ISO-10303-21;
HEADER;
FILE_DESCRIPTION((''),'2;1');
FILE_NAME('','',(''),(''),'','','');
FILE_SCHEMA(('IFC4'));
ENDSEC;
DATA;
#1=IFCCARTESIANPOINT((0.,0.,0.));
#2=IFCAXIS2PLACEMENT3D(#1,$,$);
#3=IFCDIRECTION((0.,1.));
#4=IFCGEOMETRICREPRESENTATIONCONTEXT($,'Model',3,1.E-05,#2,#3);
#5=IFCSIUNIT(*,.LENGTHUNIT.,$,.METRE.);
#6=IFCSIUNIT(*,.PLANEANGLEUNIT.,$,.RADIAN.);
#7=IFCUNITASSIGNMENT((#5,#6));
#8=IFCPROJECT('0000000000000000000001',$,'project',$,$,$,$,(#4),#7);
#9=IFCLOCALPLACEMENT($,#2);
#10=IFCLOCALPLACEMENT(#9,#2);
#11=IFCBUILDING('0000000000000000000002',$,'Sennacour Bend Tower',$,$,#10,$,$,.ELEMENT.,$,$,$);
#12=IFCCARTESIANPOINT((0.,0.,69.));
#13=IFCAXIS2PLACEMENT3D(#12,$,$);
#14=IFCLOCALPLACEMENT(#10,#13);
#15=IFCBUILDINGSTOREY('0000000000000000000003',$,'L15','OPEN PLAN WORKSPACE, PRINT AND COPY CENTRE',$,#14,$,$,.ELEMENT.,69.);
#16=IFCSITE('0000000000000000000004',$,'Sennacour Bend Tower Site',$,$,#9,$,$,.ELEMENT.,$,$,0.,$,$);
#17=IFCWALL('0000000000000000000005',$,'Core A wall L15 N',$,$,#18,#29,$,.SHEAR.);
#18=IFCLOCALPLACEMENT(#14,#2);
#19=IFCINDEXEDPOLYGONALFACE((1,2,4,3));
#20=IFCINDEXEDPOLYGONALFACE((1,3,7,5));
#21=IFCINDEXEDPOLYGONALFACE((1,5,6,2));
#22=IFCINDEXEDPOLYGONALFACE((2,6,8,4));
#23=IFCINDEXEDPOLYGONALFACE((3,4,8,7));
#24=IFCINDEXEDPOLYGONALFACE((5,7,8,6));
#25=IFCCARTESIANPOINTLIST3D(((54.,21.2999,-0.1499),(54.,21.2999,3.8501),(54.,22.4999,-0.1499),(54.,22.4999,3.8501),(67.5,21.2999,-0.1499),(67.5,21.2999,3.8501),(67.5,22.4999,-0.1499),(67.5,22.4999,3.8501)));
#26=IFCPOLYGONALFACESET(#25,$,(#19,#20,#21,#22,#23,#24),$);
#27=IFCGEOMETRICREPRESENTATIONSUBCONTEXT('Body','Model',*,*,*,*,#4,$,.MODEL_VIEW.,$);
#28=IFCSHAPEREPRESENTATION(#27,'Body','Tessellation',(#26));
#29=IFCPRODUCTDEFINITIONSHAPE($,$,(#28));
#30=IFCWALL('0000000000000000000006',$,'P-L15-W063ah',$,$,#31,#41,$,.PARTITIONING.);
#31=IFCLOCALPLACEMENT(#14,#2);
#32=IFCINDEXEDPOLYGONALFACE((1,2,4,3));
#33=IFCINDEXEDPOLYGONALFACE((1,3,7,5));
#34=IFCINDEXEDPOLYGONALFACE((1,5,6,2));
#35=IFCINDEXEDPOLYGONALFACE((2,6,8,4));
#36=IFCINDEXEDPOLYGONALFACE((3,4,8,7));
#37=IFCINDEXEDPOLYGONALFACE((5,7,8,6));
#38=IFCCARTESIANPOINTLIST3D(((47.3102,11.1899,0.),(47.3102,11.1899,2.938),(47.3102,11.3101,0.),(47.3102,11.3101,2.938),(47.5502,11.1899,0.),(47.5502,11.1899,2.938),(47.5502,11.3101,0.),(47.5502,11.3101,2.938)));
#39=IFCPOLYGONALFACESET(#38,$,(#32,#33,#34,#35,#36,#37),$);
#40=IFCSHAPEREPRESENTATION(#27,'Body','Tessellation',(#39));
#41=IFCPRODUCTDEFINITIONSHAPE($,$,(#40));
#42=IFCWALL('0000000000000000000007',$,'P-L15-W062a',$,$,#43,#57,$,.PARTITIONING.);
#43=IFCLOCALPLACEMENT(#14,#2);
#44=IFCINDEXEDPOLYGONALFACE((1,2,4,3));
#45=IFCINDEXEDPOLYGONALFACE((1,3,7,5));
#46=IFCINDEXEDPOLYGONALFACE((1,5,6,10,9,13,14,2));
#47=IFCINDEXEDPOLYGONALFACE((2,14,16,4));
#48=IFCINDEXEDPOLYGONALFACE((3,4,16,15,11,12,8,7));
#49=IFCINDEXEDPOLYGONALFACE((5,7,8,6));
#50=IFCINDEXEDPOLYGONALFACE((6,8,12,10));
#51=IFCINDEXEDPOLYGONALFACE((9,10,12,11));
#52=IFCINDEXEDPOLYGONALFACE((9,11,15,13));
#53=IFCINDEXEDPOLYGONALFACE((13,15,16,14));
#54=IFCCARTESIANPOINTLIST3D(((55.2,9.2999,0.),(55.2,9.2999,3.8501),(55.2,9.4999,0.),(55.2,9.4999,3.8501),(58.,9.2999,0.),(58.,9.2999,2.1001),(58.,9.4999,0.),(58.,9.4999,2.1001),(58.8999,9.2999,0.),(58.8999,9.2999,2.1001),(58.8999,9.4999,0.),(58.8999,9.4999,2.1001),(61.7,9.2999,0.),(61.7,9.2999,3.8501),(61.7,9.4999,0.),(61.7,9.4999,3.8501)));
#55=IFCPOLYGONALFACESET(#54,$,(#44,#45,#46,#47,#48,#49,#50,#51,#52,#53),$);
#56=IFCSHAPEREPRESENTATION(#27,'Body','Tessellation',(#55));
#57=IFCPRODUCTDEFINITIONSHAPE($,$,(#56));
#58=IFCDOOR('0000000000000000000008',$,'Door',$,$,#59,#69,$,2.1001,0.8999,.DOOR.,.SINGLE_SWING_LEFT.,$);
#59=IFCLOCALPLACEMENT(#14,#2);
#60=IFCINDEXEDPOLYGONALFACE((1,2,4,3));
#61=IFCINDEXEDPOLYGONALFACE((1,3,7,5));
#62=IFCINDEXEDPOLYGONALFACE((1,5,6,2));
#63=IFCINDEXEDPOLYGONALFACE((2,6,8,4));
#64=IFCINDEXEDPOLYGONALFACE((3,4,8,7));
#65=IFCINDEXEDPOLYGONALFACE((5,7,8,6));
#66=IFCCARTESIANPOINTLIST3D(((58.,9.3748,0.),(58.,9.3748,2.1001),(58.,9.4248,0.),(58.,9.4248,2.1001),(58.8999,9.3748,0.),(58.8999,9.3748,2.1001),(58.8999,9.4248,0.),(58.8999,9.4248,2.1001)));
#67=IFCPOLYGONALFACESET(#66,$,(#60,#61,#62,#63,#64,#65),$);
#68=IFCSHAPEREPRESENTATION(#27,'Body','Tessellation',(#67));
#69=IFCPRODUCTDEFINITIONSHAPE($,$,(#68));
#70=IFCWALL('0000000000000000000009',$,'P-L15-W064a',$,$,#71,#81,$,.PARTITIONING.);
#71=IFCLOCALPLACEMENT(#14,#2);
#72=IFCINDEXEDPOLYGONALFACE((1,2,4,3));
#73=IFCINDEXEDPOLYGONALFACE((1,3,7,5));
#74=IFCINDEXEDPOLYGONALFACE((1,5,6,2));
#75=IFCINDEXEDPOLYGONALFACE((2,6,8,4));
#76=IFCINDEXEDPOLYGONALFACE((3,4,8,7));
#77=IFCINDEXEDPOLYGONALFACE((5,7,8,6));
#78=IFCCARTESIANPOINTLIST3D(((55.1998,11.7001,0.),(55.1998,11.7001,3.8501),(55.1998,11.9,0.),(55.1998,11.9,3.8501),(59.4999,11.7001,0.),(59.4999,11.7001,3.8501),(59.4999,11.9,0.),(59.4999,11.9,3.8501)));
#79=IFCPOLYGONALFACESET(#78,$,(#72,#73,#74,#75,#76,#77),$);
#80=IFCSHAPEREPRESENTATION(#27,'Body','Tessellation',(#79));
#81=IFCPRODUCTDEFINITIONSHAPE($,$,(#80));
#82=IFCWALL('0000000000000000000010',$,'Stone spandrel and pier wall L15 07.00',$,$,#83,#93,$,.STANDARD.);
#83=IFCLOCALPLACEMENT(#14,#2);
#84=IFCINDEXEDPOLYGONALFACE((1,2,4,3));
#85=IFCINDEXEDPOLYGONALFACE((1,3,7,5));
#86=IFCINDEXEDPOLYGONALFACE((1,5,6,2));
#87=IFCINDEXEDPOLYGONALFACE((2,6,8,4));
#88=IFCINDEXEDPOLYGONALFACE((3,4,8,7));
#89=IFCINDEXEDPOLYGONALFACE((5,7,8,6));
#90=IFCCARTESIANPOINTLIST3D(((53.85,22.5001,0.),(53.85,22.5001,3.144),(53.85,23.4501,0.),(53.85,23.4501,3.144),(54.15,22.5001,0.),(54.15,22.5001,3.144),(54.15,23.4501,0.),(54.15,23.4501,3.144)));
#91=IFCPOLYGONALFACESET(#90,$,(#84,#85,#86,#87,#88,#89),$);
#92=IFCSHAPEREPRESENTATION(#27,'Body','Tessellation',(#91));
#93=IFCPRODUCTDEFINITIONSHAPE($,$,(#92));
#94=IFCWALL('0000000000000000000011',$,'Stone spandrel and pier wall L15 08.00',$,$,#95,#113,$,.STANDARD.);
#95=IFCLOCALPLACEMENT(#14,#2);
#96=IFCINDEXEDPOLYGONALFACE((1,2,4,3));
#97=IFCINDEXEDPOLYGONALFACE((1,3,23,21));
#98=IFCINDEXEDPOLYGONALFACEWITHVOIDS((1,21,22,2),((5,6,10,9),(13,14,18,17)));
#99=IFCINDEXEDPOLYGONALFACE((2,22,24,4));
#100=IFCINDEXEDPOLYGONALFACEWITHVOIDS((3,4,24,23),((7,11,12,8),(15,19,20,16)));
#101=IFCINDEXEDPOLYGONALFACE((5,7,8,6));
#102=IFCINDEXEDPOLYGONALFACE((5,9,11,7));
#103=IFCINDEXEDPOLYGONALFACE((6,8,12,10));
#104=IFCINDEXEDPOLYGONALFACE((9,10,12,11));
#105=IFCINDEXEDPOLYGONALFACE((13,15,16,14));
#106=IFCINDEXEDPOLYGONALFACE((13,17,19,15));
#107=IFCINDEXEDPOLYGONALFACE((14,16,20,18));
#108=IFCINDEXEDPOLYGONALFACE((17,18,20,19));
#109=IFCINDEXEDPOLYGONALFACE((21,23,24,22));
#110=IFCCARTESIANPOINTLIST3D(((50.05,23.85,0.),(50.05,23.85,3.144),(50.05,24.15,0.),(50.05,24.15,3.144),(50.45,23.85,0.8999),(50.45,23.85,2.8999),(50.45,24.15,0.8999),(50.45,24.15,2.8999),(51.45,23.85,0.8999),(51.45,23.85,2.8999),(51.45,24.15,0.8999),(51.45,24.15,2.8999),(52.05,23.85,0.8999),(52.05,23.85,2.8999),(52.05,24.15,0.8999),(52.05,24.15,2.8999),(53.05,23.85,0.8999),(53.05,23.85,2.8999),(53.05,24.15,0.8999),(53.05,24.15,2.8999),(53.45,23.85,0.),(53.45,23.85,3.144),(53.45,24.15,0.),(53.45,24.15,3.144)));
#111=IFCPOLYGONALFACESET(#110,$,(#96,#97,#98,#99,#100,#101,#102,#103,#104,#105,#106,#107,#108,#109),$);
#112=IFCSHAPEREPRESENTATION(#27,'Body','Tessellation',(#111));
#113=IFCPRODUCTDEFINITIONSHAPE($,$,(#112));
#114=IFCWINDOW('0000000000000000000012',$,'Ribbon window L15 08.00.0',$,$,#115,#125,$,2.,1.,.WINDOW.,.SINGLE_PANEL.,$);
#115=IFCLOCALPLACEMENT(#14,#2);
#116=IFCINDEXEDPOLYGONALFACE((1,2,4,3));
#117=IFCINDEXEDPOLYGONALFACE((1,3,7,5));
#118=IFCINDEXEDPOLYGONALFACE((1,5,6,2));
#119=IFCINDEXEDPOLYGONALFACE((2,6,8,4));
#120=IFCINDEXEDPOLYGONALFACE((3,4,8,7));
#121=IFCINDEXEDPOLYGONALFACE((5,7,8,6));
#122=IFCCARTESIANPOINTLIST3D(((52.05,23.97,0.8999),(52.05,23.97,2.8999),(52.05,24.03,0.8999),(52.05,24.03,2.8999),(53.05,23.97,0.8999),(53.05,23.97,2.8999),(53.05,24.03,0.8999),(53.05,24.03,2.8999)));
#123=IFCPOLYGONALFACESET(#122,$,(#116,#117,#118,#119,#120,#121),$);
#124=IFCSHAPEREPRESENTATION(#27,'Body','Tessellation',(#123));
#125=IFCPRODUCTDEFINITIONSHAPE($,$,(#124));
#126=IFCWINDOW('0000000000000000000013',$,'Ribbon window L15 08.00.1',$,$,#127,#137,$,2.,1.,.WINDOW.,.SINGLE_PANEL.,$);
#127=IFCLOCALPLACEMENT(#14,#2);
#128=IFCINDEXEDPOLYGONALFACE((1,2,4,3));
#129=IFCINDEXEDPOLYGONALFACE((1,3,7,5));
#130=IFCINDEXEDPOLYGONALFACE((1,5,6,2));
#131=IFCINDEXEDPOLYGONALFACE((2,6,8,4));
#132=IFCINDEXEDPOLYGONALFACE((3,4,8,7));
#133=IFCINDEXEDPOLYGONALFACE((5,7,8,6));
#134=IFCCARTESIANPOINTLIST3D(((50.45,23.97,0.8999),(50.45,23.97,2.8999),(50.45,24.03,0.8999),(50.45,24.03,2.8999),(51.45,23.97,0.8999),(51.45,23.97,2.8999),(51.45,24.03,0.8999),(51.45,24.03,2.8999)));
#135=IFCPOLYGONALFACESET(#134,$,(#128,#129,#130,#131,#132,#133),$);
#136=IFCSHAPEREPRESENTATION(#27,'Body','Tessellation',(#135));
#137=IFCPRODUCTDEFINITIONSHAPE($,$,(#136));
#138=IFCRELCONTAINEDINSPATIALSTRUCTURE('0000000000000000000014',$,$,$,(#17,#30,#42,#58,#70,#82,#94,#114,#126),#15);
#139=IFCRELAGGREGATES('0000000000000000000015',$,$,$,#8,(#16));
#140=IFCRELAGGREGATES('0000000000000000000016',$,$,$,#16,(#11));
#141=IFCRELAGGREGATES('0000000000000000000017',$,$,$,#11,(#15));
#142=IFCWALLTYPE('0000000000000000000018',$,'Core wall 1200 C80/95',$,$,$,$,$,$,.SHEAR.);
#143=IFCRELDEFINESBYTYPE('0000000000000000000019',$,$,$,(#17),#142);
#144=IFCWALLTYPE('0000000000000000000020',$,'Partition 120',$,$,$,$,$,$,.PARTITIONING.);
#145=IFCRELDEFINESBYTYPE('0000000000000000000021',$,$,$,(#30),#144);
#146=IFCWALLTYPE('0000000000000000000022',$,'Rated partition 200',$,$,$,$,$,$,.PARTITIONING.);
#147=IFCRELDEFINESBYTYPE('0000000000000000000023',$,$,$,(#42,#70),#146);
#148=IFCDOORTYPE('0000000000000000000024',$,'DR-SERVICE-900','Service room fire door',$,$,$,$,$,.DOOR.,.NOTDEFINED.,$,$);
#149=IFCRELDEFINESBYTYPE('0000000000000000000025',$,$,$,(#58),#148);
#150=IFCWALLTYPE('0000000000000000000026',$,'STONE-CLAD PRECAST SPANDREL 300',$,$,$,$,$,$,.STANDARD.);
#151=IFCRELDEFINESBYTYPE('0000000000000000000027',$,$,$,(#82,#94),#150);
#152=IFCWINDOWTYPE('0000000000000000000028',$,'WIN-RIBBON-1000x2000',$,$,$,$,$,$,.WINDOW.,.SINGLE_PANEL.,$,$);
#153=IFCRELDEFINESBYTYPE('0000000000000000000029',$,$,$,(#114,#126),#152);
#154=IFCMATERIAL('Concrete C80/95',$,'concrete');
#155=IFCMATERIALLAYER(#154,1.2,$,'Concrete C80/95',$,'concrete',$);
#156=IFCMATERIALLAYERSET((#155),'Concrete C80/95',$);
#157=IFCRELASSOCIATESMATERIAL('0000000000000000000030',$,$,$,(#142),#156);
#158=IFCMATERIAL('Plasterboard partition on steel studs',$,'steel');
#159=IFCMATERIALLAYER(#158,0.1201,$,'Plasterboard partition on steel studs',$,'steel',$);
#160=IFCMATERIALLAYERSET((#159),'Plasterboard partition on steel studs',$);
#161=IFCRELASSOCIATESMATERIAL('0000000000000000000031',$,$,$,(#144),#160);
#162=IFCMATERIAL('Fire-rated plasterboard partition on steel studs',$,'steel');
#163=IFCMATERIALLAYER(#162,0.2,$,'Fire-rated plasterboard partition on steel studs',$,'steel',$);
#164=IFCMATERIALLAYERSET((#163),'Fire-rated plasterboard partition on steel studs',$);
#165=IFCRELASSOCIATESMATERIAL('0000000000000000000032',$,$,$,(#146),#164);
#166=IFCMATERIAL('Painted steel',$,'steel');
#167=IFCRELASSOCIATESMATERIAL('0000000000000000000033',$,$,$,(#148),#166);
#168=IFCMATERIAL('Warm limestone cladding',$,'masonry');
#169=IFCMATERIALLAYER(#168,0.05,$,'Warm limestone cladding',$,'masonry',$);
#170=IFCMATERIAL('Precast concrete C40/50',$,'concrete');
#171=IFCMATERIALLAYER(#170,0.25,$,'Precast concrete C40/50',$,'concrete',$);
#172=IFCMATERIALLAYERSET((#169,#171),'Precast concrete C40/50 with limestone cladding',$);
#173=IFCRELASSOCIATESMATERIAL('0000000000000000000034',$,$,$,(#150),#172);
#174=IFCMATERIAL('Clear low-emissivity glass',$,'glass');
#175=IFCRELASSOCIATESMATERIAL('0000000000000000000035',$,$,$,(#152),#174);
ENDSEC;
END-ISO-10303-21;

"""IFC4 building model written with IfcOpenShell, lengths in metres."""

from ifc_helpers import new_model, si_unit, direction, frame, frame_2d, origin, place, context, subcontext, project, spatial, rectangle, extrude, material, layer, layer_set, type_object, element, fill, save


model = new_model("IFC4")

# Units and contexts
model_context = context("Model", 3, precision=1e-05, world=origin(), true_north=direction((0.0, 1.0)))
body_context = subcontext(model_context, "Body", "Model", "MODEL_VIEW")
ifc_project = project(units=[si_unit("LENGTHUNIT", "METRE"), si_unit("PLANEANGLEUNIT", "RADIAN")], contexts=[model_context])

# Site, building, storey
site_placement = place(None, origin())
site = spatial("IfcSite", under=ifc_project, at=site_placement, Name="Sennacour Bend Tower Site", CompositionType="ELEMENT", RefElevation=0.0)
building_placement = place(site_placement, origin())
building = spatial("IfcBuilding", under=site, at=building_placement, Name="Sennacour Bend Tower", CompositionType="ELEMENT")
storey_placement = place(building_placement, frame((0.0, 0.0, 69.0)))
storey = spatial("IfcBuildingStorey", under=building, at=storey_placement, Name="L15", Description="OPEN PLAN WORKSPACE, PRINT AND COPY CENTRE", CompositionType="ELEMENT", Elevation=69.0)

# Walls
ifc_material_1 = material(Name="Concrete C80/95", Category="concrete")
ifc_layer_1 = layer(ifc_material_1, 1.2, Name="Concrete C80/95", Category="concrete")
ifc_layer_set_1 = layer_set([ifc_layer_1], Name="Concrete C80/95")
wall_type_1 = type_object("IfcWallType", Name="Core wall 1200 C80/95", PredefinedType="SHEAR", material=ifc_layer_set_1)
wall_1_placement = place(storey_placement, frame((54.0, 21.8999, -0.1499), z_axis=(0.0, 0.0, 1.0), x_axis=(1.0, 0.0, 0.0)))
element("IfcWall", 1, at=wall_1_placement, inside=storey, type_object=wall_type_1, Name="Core A wall L15 N", PredefinedType="SHEAR", context=body_context, shape_type="SweptSolid", body=[
    extrude(rectangle(XDim=13.5, YDim=1.2, at=frame_2d((6.75, 0.0))), origin(), (0.0, 0.0, 1.0), 4.0),
])
ifc_material_2 = material(Name="Plasterboard partition on steel studs", Category="steel")
ifc_layer_2 = layer(ifc_material_2, 0.1201, Name="Plasterboard partition on steel studs", Category="steel")
ifc_layer_set_2 = layer_set([ifc_layer_2], Name="Plasterboard partition on steel studs")
wall_type_2 = type_object("IfcWallType", Name="Partition 120", PredefinedType="PARTITIONING", material=ifc_layer_set_2)
wall_2_placement = place(storey_placement, frame((47.3101, 11.25, 0.0), z_axis=(0.0, 0.0, 1.0), x_axis=(1.0, 0.0, 0.0)))
element("IfcWall", 2, at=wall_2_placement, inside=storey, type_object=wall_type_2, Name="P-L15-W063ah", PredefinedType="PARTITIONING", context=body_context, shape_type="SweptSolid", body=[
    extrude(rectangle(XDim=0.24, YDim=0.1201, at=frame_2d((0.1201, 0.0))), origin(), (0.0, 0.0, 1.0), 2.938),
])

# Wall, opening, door
ifc_material_3 = material(Name="Fire-rated plasterboard partition on steel studs", Category="steel")
ifc_layer_3 = layer(ifc_material_3, 0.2, Name="Fire-rated plasterboard partition on steel studs", Category="steel")
ifc_layer_set_3 = layer_set([ifc_layer_3], Name="Fire-rated plasterboard partition on steel studs")
wall_type_3 = type_object("IfcWallType", Name="Rated partition 200", PredefinedType="PARTITIONING", material=ifc_layer_set_3)
wall_3_placement = place(storey_placement, frame((55.2, 9.3999, 0.0), z_axis=(0.0, 0.0, 1.0), x_axis=(1.0, 0.0, 0.0)))
wall_3 = element("IfcWall", 3, at=wall_3_placement, inside=storey, type_object=wall_type_3, Name="P-L15-W062a", PredefinedType="PARTITIONING", context=body_context, shape_type="SweptSolid", body=[
    extrude(rectangle(XDim=6.5, YDim=0.2, at=frame_2d((3.25, 0.0))), origin(), (0.0, 0.0, 1.0), 3.8501),
])
opening_1_placement = place(wall_3_placement, frame((2.8, 0.0, 0.0)))
opening_1 = element("IfcOpeningElement", 4, at=opening_1_placement, cuts=wall_3, PredefinedType="OPENING", context=body_context, shape_type="SweptSolid", body=[
    extrude(rectangle(XDim=0.8999, YDim=2.1001, at=frame_2d((0.45, 1.05))), frame((0.0, 0.1099, 0.0), z_axis=(0.0, -1.0, 0.0), x_axis=(1.0, 0.0, 0.0)), (0.0, 0.0, 1.0), 0.22),
])
ifc_material_4 = material(Name="Painted steel", Category="steel")
door_type_1 = type_object("IfcDoorType", Name="DR-SERVICE-900", Description="Service room fire door", OperationType="NOTDEFINED", PredefinedType="DOOR", material=ifc_material_4)
door_1_placement = place(opening_1_placement, origin())
door_1 = element("IfcDoor", 5, at=door_1_placement, inside=storey, type_object=door_type_1, Name="Door", OperationType="SINGLE_SWING_LEFT", OverallHeight=2.1001, OverallWidth=0.8999, PredefinedType="DOOR", context=body_context, shape_type="SweptSolid", body=[
    extrude(rectangle(XDim=0.8999, YDim=2.1001, at=frame_2d((0.45, 1.05))), frame((0.0, 0.0249, 0.0), z_axis=(0.0, -1.0, 0.0), x_axis=(1.0, 0.0, 0.0)), (0.0, 0.0, 1.0), 0.05),
])
fill(opening_1, door_1)

# Walls
wall_4_placement = place(storey_placement, frame((55.2, 11.8, 0.0), z_axis=(0.0, 0.0, 1.0), x_axis=(1.0, 0.0, 0.0)))
element("IfcWall", 6, at=wall_4_placement, inside=storey, type_object=wall_type_3, Name="P-L15-W064a", PredefinedType="PARTITIONING", context=body_context, shape_type="SweptSolid", body=[
    extrude(rectangle(XDim=4.3, YDim=0.2, at=frame_2d((2.1499, 0.0))), origin(), (0.0, 0.0, 1.0), 3.8501),
])
ifc_material_5 = material(Name="Warm limestone cladding", Category="masonry")
ifc_layer_4 = layer(ifc_material_5, 0.05, Name="Warm limestone cladding", Category="masonry")
ifc_material_6 = material(Name="Precast concrete C40/50", Category="concrete")
ifc_layer_5 = layer(ifc_material_6, 0.25, Name="Precast concrete C40/50", Category="concrete")
ifc_layer_set_4 = layer_set([ifc_layer_4, ifc_layer_5], Name="Precast concrete C40/50 with limestone cladding")
wall_type_4 = type_object("IfcWallType", Name="STONE-CLAD PRECAST SPANDREL 300", PredefinedType="STANDARD", material=ifc_layer_set_4)
wall_5_placement = place(storey_placement, frame((54.0, 22.5, 0.0), z_axis=(0.0, 0.0, 1.0), x_axis=(0.0, 1.0, 0.0)))
element("IfcWall", 7, at=wall_5_placement, inside=storey, type_object=wall_type_4, Name="Stone spandrel and pier wall L15 07.00", PredefinedType="STANDARD", context=body_context, shape_type="SweptSolid", body=[
    extrude(rectangle(XDim=0.95, YDim=0.3, at=frame_2d((0.4751, 0.0))), origin(), (0.0, 0.0, 1.0), 3.144),
])

# Wall, openings, windows
wall_6_placement = place(storey_placement, frame((53.45, 24.0, 0.0), z_axis=(0.0, 0.0, 1.0), x_axis=(-1.0, 0.0, 0.0)))
wall_6 = element("IfcWall", 8, at=wall_6_placement, inside=storey, type_object=wall_type_4, Name="Stone spandrel and pier wall L15 08.00", PredefinedType="STANDARD", context=body_context, shape_type="SweptSolid", body=[
    extrude(rectangle(XDim=3.3999, YDim=0.3, at=frame_2d((1.7, 0.0))), origin(), (0.0, 0.0, 1.0), 3.144),
])
opening_2_placement = place(wall_6_placement, frame((0.3999, 0.0, 0.8999)))
opening_2 = element("IfcOpeningElement", 9, at=opening_2_placement, cuts=wall_6, PredefinedType="OPENING", context=body_context, shape_type="SweptSolid", body=[
    extrude(rectangle(XDim=1.0, YDim=2.0, at=frame_2d((0.5, 1.0))), frame((0.0, 0.1602, 0.0), z_axis=(0.0, -1.0, 0.0), x_axis=(1.0, 0.0, 0.0)), (0.0, 0.0, 1.0), 0.3201),
])
opening_3_placement = place(wall_6_placement, frame((2.0, 0.0, 0.8999)))
opening_3 = element("IfcOpeningElement", 10, at=opening_3_placement, cuts=wall_6, PredefinedType="OPENING", context=body_context, shape_type="SweptSolid", body=[
    extrude(rectangle(XDim=1.0, YDim=2.0, at=frame_2d((0.5, 1.0))), frame((0.0, 0.1602, 0.0), z_axis=(0.0, -1.0, 0.0), x_axis=(1.0, 0.0, 0.0)), (0.0, 0.0, 1.0), 0.3201),
])
ifc_material_7 = material(Name="Clear low-emissivity glass", Category="glass")
window_type = type_object("IfcWindowType", Name="WIN-RIBBON-1000x2000", PartitioningType="SINGLE_PANEL", PredefinedType="WINDOW", material=ifc_material_7)
window_1_placement = place(opening_2_placement, origin())
window_1 = element("IfcWindow", 11, at=window_1_placement, inside=storey, type_object=window_type, Name="Ribbon window L15 08.00.0", OverallHeight=2.0, OverallWidth=1.0, PartitioningType="SINGLE_PANEL", PredefinedType="WINDOW", context=body_context, shape_type="SweptSolid", body=[
    extrude(rectangle(XDim=1.0, YDim=2.0, at=frame_2d((0.5, 1.0))), frame((0.0, 0.03, 0.0), z_axis=(0.0, -1.0, 0.0), x_axis=(1.0, 0.0, 0.0)), (0.0, 0.0, 1.0), 0.0601),
])
fill(opening_2, window_1)
window_2_placement = place(opening_3_placement, origin())
window_2 = element("IfcWindow", 12, at=window_2_placement, inside=storey, type_object=window_type, Name="Ribbon window L15 08.00.1", OverallHeight=2.0, OverallWidth=1.0, PartitioningType="SINGLE_PANEL", PredefinedType="WINDOW", context=body_context, shape_type="SweptSolid", body=[
    extrude(rectangle(XDim=1.0, YDim=2.0, at=frame_2d((0.5, 1.0))), frame((0.0, 0.03, 0.0), z_axis=(0.0, -1.0, 0.0), x_axis=(1.0, 0.0, 0.0)), (0.0, 0.0, 1.0), 0.0601),
])
fill(opening_3, window_2)

save(model, "model.ifc")
